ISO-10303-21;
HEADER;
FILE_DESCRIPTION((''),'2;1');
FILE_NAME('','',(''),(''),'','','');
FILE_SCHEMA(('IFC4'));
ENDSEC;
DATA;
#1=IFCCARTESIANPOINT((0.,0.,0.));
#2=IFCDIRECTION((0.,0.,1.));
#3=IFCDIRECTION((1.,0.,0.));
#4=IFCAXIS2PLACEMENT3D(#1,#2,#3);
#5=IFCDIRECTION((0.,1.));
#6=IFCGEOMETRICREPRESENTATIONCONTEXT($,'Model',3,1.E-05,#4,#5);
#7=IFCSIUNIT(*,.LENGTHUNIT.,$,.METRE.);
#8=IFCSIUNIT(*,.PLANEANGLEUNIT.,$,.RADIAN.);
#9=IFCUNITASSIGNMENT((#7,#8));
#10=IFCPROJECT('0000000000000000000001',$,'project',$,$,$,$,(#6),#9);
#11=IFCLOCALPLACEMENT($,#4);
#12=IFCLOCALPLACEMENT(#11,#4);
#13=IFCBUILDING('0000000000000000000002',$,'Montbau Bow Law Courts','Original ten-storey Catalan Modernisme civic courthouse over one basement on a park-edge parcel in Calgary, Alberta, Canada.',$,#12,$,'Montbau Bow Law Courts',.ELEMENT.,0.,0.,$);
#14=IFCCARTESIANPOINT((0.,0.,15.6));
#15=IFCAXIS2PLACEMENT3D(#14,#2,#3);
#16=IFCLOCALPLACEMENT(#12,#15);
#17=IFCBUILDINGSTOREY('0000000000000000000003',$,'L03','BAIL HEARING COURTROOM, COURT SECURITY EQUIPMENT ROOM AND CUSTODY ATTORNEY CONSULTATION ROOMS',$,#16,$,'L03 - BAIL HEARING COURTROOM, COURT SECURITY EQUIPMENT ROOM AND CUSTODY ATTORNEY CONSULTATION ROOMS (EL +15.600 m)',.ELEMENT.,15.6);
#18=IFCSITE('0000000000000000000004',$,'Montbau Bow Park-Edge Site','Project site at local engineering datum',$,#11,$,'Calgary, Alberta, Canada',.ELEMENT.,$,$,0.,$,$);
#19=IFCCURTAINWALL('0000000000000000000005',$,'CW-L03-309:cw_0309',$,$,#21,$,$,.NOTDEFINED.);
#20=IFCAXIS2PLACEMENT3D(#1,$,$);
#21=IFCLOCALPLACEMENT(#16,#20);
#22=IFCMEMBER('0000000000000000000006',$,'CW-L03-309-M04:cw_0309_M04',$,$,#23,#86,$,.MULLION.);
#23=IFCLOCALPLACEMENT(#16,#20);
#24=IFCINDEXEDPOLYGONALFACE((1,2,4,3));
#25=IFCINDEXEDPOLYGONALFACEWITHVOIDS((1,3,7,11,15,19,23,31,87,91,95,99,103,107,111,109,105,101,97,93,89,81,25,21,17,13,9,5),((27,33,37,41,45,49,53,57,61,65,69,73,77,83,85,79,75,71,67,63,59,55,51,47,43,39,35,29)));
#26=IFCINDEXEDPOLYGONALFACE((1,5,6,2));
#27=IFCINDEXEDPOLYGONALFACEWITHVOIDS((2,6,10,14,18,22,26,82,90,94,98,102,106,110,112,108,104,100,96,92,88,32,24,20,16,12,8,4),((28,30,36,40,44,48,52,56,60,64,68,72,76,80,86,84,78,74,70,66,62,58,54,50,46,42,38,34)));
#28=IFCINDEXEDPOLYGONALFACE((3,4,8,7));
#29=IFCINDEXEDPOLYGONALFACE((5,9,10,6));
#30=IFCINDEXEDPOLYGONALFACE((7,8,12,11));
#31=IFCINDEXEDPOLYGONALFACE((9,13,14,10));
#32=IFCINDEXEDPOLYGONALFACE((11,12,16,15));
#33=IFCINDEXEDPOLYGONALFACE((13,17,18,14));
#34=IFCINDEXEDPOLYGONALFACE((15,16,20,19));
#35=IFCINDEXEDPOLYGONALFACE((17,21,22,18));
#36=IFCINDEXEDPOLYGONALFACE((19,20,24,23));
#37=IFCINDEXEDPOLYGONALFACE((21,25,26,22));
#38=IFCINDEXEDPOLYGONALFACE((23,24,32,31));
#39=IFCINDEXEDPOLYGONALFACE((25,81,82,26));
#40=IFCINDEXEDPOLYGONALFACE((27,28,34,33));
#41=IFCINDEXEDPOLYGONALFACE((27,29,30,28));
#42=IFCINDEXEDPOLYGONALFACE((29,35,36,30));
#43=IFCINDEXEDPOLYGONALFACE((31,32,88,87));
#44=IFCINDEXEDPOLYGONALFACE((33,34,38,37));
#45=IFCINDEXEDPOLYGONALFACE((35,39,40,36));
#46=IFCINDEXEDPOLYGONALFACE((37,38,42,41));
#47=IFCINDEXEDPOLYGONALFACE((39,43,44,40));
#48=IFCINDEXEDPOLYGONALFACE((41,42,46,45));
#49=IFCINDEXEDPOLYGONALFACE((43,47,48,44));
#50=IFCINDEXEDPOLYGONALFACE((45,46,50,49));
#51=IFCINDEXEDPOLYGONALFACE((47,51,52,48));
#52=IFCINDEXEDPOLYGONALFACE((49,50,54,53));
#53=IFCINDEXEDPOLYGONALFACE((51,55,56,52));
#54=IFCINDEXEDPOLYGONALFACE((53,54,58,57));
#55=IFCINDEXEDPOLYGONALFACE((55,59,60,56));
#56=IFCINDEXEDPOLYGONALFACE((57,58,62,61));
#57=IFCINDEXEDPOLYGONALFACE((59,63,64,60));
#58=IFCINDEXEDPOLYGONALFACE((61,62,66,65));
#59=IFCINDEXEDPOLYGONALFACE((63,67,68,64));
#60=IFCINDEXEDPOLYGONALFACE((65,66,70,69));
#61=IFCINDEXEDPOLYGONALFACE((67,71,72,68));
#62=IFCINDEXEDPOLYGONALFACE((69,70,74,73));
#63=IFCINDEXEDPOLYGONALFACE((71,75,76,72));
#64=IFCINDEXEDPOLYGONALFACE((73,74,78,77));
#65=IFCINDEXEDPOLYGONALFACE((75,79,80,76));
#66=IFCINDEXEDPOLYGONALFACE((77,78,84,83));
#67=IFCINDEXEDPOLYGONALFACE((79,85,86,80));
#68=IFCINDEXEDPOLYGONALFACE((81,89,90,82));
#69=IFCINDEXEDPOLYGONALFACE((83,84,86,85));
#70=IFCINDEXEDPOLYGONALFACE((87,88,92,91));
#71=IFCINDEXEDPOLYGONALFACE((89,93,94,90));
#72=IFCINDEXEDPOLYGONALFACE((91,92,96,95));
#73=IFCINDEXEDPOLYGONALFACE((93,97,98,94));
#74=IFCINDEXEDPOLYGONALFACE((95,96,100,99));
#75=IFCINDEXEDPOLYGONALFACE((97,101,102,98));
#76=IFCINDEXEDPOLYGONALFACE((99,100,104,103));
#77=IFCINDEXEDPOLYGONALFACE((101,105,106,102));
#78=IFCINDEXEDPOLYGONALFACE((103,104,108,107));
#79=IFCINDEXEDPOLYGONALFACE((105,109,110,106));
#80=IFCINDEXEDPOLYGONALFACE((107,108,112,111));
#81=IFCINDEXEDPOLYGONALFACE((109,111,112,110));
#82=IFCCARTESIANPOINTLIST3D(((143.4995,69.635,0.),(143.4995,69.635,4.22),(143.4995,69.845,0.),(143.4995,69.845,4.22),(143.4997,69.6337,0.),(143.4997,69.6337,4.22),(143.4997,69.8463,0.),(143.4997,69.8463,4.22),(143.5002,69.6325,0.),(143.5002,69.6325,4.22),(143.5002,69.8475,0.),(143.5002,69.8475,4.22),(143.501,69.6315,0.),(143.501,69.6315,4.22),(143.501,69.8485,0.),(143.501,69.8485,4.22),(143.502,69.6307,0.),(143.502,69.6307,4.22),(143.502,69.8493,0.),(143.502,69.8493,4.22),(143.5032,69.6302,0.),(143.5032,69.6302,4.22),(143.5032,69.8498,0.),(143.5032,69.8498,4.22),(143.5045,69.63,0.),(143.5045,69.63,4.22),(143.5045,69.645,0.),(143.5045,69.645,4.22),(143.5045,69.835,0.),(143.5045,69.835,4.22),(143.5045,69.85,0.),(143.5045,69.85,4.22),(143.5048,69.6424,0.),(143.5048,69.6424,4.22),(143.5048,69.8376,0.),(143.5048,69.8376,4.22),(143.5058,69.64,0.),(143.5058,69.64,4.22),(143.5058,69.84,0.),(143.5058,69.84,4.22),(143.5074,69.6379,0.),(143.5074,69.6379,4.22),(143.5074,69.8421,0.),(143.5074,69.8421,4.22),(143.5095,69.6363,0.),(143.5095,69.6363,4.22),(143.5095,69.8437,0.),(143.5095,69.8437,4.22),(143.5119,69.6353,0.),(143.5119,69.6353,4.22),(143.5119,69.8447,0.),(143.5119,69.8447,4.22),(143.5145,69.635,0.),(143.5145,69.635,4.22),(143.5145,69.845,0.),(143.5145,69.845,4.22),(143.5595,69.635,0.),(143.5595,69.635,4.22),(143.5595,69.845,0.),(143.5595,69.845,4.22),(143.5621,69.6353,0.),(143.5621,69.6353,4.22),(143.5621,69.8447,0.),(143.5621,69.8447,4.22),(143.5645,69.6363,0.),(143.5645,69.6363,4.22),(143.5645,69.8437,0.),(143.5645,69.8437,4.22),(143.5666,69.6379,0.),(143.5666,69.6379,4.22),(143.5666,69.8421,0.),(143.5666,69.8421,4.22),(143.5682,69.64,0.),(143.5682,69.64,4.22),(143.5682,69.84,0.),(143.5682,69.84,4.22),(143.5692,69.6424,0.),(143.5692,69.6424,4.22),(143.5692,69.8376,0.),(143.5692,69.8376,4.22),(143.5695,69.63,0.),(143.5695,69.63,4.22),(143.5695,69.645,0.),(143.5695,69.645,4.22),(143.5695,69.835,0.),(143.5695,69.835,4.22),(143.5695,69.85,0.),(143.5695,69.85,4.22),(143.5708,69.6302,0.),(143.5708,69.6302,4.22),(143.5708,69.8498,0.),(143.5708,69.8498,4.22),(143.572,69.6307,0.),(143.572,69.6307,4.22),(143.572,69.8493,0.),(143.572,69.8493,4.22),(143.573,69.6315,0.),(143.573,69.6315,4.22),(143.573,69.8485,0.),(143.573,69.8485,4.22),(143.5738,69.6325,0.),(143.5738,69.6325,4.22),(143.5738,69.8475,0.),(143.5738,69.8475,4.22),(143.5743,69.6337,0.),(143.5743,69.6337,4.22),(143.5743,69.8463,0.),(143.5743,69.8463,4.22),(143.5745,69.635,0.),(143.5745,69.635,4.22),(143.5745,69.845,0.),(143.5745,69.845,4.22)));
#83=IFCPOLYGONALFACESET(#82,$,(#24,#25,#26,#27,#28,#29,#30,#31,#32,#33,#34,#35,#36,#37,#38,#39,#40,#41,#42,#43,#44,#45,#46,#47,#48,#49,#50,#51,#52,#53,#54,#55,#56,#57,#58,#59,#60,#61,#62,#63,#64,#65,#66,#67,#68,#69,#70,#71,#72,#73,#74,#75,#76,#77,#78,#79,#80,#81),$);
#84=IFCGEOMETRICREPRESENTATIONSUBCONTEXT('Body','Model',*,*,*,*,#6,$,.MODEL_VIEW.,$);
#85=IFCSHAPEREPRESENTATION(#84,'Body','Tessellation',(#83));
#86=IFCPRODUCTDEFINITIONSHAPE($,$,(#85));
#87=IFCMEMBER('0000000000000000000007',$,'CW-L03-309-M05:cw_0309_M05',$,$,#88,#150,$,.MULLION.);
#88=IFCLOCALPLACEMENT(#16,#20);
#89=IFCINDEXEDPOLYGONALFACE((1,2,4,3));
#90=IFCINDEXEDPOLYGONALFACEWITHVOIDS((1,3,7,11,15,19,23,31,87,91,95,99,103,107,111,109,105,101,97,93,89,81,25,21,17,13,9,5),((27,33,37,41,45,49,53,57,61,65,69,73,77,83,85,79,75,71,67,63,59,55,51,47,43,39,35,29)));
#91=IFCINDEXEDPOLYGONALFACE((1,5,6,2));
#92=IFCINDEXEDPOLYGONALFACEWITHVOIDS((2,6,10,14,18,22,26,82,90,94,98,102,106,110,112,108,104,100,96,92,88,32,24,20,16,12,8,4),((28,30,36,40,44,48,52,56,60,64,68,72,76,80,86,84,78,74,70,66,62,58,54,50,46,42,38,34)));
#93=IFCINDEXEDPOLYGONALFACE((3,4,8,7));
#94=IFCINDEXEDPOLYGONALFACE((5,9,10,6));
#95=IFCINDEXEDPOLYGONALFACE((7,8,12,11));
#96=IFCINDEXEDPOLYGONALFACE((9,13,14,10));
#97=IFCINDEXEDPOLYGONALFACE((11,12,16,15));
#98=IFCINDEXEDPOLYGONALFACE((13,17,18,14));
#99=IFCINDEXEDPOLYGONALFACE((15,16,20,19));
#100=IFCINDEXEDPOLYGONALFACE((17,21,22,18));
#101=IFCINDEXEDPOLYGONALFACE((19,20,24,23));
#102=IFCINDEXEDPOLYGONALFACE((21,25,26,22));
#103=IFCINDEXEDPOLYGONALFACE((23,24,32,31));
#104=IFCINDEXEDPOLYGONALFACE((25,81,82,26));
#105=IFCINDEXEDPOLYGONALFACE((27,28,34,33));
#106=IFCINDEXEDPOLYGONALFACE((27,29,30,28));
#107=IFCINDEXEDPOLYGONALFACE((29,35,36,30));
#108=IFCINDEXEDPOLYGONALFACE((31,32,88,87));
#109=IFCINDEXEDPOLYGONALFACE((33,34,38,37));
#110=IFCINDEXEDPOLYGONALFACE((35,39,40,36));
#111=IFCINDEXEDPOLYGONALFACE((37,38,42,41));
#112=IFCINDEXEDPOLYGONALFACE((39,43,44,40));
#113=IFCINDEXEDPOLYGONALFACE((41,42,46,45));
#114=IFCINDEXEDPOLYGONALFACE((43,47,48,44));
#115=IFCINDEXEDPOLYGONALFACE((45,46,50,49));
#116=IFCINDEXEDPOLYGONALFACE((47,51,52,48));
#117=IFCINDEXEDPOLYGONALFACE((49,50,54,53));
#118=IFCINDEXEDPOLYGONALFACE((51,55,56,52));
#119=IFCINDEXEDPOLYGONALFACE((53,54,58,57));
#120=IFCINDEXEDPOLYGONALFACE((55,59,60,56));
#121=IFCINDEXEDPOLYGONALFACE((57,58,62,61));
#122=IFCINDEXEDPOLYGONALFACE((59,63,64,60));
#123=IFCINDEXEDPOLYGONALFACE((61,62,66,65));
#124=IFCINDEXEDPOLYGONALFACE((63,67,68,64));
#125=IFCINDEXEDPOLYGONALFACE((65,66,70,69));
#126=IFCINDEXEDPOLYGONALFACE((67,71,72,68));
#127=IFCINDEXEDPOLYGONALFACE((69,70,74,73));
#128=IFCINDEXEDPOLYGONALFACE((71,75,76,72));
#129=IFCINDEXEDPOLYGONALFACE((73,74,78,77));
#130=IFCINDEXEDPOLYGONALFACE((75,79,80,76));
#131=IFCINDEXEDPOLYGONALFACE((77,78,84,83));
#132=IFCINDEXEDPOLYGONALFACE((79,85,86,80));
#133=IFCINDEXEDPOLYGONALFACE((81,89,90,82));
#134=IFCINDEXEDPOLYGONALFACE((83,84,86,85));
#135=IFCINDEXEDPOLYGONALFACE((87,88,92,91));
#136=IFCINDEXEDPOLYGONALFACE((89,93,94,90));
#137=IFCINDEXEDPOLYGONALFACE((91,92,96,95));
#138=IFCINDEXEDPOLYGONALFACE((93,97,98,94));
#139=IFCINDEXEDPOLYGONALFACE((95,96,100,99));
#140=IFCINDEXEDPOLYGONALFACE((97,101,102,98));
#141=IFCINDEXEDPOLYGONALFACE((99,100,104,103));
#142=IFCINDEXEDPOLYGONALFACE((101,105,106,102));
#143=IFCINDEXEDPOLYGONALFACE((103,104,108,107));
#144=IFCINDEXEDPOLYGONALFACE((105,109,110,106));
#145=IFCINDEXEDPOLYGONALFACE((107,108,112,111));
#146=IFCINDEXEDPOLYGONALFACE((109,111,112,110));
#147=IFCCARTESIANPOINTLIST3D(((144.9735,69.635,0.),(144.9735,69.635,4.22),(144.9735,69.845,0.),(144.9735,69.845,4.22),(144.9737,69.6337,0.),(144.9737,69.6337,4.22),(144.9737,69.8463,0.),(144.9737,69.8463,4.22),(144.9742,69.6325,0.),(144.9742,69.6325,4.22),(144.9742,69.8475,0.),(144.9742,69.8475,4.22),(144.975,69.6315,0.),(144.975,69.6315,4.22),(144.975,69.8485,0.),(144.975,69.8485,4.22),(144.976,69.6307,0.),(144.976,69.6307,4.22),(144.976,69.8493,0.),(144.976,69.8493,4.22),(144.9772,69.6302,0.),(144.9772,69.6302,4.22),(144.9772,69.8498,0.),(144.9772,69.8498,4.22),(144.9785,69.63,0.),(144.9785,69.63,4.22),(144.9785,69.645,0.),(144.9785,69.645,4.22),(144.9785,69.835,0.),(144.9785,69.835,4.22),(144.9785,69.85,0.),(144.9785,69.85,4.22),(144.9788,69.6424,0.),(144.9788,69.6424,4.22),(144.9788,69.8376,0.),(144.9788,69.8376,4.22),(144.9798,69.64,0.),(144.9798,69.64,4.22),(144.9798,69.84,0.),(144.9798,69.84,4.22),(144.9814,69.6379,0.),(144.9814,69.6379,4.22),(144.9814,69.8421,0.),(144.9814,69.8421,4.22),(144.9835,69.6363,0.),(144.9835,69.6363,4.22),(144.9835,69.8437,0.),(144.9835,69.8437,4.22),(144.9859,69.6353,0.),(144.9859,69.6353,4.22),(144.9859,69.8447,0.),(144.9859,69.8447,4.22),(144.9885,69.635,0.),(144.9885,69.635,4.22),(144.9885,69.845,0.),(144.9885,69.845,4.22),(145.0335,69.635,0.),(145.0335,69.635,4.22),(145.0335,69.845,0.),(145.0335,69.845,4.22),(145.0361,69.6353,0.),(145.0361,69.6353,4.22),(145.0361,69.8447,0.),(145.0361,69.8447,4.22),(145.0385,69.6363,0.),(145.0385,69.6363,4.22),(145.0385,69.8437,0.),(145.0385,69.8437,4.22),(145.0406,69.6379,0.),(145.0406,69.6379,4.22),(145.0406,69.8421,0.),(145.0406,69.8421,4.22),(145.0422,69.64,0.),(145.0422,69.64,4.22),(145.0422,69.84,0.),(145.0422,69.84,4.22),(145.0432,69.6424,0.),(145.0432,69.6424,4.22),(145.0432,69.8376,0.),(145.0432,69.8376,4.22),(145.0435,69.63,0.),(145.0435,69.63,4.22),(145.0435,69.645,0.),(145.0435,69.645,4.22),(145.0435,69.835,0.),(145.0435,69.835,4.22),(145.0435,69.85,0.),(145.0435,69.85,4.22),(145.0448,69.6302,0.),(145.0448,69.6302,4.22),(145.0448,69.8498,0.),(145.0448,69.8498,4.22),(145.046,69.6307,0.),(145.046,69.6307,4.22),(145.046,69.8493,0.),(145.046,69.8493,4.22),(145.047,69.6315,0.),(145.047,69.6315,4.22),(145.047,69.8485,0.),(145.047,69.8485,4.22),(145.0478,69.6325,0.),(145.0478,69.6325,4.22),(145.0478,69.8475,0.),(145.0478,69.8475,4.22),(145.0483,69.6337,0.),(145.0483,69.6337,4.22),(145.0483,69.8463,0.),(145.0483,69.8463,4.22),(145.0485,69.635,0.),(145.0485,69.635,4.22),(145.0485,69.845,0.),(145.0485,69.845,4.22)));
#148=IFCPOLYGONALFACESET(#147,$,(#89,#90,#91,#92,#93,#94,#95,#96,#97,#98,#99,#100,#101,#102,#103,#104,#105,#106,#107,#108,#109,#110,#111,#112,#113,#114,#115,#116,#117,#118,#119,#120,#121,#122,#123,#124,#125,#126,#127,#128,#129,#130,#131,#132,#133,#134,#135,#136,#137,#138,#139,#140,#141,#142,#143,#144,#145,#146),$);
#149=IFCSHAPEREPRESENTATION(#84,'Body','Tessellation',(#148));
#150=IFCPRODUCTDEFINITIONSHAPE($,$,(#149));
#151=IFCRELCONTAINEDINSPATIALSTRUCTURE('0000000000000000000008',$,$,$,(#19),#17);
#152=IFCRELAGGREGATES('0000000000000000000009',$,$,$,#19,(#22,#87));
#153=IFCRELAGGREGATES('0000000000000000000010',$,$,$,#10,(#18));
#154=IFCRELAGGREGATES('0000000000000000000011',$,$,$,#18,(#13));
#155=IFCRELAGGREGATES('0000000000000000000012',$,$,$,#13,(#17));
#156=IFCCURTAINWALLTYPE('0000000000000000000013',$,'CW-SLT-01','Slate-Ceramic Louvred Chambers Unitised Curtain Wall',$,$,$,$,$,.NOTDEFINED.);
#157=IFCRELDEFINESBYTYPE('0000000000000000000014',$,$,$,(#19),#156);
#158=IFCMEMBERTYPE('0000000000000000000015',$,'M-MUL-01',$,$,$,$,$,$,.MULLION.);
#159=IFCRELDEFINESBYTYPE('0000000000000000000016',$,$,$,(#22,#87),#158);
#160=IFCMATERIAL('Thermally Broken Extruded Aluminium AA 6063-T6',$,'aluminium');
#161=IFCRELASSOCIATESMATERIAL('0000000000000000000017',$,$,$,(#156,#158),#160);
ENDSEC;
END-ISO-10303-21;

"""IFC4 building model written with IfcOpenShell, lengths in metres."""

from ifc_helpers import new_model, si_unit, direction, frame, origin_with_axes, origin_2d_with_axis, place, context, subcontext, project, spatial, hollow_rectangle, extrude, material, material_profile, profile_set, type_object, element, aggregate, save


model = new_model("IFC4")

# Units and contexts
model_context = context("Model", 3, precision=1e-05, world=origin_with_axes(), true_north=direction((0.0, 1.0)))
body_context = subcontext(model_context, "Body", "Model", "MODEL_VIEW")
ifc_project = project(units=[si_unit("LENGTHUNIT", "METRE"), si_unit("PLANEANGLEUNIT", "RADIAN")], contexts=[model_context])

# Site, building, storey
site_placement = place(None, origin_with_axes())
site = spatial("IfcSite", under=ifc_project, at=site_placement, Name="Montbau Bow Park-Edge Site", Description="Project site at local engineering datum", LongName="Calgary, Alberta, Canada", CompositionType="ELEMENT", RefElevation=0.0)
building_placement = place(site_placement, origin_with_axes())
building = spatial("IfcBuilding", under=site, at=building_placement, Name="Montbau Bow Law Courts", Description="Original ten-storey Catalan Modernisme civic courthouse over one basement on a park-edge parcel in Calgary, Alberta, Canada.", LongName="Montbau Bow Law Courts", CompositionType="ELEMENT", ElevationOfRefHeight=0.0, ElevationOfTerrain=0.0)
storey_placement = place(building_placement, frame((0.0, 0.0, 15.6), z_axis=(0.0, 0.0, 1.0), x_axis=(1.0, 0.0, 0.0)))
storey = spatial("IfcBuildingStorey", under=building, at=storey_placement, Name="L03", Description="BAIL HEARING COURTROOM, COURT SECURITY EQUIPMENT ROOM AND CUSTODY ATTORNEY CONSULTATION ROOMS", LongName="L03 - BAIL HEARING COURTROOM, COURT SECURITY EQUIPMENT ROOM AND CUSTODY ATTORNEY CONSULTATION ROOMS (EL +15.600 m)", CompositionType="ELEMENT", Elevation=15.6)

# Curtain wall, members
ifc_material_1 = material(Name="Thermally Broken Extruded Aluminium AA 6063-T6", Category="aluminium")
curtain_wall_type = type_object("IfcCurtainWallType", Name="CW-SLT-01", Description="Slate-Ceramic Louvred Chambers Unitised Curtain Wall", PredefinedType="NOTDEFINED", material=ifc_material_1)
curtain_wall_placement = place(None, frame((139.115, 69.74, 15.6), z_axis=(0.0, 0.0, 1.0), x_axis=(1.0, 0.0, 0.0)))
curtain_wall = element("IfcCurtainWall", 1, at=curtain_wall_placement, inside=storey, type_object=curtain_wall_type, Name="CW-L03-309:cw_0309", PredefinedType="NOTDEFINED")
ifc_material_profile_1 = material_profile(ifc_material_1, hollow_rectangle(XDim=0.075, YDim=0.22, WallThickness=0.005, InnerFilletRadius=0.01, OuterFilletRadius=0.005, at=origin_2d_with_axis()), Name="CWM-220X75", Category="Main", Priority=0)
ifc_profile_set_1 = profile_set([ifc_material_profile_1], Name="Thermally Broken Extruded Aluminium AA 6063-T6")
member_type_1 = type_object("IfcMemberType", Name="M-MUL-01", PredefinedType="MULLION", material=ifc_profile_set_1)
member_1_placement = place(None, frame((143.537, 69.74, 15.6), z_axis=(0.0, 0.0, 1.0), x_axis=(1.0, 0.0, 0.0)))
member_1 = element("IfcMember", 2, at=member_1_placement, type_object=member_type_1, Name="CW-L03-309-M04:cw_0309_M04", PredefinedType="MULLION", context=body_context, shape_type="SweptSolid", body=[
    extrude(hollow_rectangle(XDim=0.075, YDim=0.22, WallThickness=0.005, InnerFilletRadius=0.01, OuterFilletRadius=0.005, at=origin_2d_with_axis()), origin_with_axes(), (0.0, 0.0, 1.0), 4.22),
])
member_2_placement = place(None, frame((145.011, 69.74, 15.6), z_axis=(0.0, 0.0, 1.0), x_axis=(1.0, 0.0, 0.0)))
member_2 = element("IfcMember", 3, at=member_2_placement, type_object=member_type_1, Name="CW-L03-309-M05:cw_0309_M05", PredefinedType="MULLION", context=body_context, shape_type="SweptSolid", body=[
    extrude(hollow_rectangle(XDim=0.075, YDim=0.22, WallThickness=0.005, InnerFilletRadius=0.01, OuterFilletRadius=0.005, at=origin_2d_with_axis()), origin_with_axes(), (0.0, 0.0, 1.0), 4.22),
])
aggregate(curtain_wall, [member_1, member_2])

save(model, "model.ifc")
